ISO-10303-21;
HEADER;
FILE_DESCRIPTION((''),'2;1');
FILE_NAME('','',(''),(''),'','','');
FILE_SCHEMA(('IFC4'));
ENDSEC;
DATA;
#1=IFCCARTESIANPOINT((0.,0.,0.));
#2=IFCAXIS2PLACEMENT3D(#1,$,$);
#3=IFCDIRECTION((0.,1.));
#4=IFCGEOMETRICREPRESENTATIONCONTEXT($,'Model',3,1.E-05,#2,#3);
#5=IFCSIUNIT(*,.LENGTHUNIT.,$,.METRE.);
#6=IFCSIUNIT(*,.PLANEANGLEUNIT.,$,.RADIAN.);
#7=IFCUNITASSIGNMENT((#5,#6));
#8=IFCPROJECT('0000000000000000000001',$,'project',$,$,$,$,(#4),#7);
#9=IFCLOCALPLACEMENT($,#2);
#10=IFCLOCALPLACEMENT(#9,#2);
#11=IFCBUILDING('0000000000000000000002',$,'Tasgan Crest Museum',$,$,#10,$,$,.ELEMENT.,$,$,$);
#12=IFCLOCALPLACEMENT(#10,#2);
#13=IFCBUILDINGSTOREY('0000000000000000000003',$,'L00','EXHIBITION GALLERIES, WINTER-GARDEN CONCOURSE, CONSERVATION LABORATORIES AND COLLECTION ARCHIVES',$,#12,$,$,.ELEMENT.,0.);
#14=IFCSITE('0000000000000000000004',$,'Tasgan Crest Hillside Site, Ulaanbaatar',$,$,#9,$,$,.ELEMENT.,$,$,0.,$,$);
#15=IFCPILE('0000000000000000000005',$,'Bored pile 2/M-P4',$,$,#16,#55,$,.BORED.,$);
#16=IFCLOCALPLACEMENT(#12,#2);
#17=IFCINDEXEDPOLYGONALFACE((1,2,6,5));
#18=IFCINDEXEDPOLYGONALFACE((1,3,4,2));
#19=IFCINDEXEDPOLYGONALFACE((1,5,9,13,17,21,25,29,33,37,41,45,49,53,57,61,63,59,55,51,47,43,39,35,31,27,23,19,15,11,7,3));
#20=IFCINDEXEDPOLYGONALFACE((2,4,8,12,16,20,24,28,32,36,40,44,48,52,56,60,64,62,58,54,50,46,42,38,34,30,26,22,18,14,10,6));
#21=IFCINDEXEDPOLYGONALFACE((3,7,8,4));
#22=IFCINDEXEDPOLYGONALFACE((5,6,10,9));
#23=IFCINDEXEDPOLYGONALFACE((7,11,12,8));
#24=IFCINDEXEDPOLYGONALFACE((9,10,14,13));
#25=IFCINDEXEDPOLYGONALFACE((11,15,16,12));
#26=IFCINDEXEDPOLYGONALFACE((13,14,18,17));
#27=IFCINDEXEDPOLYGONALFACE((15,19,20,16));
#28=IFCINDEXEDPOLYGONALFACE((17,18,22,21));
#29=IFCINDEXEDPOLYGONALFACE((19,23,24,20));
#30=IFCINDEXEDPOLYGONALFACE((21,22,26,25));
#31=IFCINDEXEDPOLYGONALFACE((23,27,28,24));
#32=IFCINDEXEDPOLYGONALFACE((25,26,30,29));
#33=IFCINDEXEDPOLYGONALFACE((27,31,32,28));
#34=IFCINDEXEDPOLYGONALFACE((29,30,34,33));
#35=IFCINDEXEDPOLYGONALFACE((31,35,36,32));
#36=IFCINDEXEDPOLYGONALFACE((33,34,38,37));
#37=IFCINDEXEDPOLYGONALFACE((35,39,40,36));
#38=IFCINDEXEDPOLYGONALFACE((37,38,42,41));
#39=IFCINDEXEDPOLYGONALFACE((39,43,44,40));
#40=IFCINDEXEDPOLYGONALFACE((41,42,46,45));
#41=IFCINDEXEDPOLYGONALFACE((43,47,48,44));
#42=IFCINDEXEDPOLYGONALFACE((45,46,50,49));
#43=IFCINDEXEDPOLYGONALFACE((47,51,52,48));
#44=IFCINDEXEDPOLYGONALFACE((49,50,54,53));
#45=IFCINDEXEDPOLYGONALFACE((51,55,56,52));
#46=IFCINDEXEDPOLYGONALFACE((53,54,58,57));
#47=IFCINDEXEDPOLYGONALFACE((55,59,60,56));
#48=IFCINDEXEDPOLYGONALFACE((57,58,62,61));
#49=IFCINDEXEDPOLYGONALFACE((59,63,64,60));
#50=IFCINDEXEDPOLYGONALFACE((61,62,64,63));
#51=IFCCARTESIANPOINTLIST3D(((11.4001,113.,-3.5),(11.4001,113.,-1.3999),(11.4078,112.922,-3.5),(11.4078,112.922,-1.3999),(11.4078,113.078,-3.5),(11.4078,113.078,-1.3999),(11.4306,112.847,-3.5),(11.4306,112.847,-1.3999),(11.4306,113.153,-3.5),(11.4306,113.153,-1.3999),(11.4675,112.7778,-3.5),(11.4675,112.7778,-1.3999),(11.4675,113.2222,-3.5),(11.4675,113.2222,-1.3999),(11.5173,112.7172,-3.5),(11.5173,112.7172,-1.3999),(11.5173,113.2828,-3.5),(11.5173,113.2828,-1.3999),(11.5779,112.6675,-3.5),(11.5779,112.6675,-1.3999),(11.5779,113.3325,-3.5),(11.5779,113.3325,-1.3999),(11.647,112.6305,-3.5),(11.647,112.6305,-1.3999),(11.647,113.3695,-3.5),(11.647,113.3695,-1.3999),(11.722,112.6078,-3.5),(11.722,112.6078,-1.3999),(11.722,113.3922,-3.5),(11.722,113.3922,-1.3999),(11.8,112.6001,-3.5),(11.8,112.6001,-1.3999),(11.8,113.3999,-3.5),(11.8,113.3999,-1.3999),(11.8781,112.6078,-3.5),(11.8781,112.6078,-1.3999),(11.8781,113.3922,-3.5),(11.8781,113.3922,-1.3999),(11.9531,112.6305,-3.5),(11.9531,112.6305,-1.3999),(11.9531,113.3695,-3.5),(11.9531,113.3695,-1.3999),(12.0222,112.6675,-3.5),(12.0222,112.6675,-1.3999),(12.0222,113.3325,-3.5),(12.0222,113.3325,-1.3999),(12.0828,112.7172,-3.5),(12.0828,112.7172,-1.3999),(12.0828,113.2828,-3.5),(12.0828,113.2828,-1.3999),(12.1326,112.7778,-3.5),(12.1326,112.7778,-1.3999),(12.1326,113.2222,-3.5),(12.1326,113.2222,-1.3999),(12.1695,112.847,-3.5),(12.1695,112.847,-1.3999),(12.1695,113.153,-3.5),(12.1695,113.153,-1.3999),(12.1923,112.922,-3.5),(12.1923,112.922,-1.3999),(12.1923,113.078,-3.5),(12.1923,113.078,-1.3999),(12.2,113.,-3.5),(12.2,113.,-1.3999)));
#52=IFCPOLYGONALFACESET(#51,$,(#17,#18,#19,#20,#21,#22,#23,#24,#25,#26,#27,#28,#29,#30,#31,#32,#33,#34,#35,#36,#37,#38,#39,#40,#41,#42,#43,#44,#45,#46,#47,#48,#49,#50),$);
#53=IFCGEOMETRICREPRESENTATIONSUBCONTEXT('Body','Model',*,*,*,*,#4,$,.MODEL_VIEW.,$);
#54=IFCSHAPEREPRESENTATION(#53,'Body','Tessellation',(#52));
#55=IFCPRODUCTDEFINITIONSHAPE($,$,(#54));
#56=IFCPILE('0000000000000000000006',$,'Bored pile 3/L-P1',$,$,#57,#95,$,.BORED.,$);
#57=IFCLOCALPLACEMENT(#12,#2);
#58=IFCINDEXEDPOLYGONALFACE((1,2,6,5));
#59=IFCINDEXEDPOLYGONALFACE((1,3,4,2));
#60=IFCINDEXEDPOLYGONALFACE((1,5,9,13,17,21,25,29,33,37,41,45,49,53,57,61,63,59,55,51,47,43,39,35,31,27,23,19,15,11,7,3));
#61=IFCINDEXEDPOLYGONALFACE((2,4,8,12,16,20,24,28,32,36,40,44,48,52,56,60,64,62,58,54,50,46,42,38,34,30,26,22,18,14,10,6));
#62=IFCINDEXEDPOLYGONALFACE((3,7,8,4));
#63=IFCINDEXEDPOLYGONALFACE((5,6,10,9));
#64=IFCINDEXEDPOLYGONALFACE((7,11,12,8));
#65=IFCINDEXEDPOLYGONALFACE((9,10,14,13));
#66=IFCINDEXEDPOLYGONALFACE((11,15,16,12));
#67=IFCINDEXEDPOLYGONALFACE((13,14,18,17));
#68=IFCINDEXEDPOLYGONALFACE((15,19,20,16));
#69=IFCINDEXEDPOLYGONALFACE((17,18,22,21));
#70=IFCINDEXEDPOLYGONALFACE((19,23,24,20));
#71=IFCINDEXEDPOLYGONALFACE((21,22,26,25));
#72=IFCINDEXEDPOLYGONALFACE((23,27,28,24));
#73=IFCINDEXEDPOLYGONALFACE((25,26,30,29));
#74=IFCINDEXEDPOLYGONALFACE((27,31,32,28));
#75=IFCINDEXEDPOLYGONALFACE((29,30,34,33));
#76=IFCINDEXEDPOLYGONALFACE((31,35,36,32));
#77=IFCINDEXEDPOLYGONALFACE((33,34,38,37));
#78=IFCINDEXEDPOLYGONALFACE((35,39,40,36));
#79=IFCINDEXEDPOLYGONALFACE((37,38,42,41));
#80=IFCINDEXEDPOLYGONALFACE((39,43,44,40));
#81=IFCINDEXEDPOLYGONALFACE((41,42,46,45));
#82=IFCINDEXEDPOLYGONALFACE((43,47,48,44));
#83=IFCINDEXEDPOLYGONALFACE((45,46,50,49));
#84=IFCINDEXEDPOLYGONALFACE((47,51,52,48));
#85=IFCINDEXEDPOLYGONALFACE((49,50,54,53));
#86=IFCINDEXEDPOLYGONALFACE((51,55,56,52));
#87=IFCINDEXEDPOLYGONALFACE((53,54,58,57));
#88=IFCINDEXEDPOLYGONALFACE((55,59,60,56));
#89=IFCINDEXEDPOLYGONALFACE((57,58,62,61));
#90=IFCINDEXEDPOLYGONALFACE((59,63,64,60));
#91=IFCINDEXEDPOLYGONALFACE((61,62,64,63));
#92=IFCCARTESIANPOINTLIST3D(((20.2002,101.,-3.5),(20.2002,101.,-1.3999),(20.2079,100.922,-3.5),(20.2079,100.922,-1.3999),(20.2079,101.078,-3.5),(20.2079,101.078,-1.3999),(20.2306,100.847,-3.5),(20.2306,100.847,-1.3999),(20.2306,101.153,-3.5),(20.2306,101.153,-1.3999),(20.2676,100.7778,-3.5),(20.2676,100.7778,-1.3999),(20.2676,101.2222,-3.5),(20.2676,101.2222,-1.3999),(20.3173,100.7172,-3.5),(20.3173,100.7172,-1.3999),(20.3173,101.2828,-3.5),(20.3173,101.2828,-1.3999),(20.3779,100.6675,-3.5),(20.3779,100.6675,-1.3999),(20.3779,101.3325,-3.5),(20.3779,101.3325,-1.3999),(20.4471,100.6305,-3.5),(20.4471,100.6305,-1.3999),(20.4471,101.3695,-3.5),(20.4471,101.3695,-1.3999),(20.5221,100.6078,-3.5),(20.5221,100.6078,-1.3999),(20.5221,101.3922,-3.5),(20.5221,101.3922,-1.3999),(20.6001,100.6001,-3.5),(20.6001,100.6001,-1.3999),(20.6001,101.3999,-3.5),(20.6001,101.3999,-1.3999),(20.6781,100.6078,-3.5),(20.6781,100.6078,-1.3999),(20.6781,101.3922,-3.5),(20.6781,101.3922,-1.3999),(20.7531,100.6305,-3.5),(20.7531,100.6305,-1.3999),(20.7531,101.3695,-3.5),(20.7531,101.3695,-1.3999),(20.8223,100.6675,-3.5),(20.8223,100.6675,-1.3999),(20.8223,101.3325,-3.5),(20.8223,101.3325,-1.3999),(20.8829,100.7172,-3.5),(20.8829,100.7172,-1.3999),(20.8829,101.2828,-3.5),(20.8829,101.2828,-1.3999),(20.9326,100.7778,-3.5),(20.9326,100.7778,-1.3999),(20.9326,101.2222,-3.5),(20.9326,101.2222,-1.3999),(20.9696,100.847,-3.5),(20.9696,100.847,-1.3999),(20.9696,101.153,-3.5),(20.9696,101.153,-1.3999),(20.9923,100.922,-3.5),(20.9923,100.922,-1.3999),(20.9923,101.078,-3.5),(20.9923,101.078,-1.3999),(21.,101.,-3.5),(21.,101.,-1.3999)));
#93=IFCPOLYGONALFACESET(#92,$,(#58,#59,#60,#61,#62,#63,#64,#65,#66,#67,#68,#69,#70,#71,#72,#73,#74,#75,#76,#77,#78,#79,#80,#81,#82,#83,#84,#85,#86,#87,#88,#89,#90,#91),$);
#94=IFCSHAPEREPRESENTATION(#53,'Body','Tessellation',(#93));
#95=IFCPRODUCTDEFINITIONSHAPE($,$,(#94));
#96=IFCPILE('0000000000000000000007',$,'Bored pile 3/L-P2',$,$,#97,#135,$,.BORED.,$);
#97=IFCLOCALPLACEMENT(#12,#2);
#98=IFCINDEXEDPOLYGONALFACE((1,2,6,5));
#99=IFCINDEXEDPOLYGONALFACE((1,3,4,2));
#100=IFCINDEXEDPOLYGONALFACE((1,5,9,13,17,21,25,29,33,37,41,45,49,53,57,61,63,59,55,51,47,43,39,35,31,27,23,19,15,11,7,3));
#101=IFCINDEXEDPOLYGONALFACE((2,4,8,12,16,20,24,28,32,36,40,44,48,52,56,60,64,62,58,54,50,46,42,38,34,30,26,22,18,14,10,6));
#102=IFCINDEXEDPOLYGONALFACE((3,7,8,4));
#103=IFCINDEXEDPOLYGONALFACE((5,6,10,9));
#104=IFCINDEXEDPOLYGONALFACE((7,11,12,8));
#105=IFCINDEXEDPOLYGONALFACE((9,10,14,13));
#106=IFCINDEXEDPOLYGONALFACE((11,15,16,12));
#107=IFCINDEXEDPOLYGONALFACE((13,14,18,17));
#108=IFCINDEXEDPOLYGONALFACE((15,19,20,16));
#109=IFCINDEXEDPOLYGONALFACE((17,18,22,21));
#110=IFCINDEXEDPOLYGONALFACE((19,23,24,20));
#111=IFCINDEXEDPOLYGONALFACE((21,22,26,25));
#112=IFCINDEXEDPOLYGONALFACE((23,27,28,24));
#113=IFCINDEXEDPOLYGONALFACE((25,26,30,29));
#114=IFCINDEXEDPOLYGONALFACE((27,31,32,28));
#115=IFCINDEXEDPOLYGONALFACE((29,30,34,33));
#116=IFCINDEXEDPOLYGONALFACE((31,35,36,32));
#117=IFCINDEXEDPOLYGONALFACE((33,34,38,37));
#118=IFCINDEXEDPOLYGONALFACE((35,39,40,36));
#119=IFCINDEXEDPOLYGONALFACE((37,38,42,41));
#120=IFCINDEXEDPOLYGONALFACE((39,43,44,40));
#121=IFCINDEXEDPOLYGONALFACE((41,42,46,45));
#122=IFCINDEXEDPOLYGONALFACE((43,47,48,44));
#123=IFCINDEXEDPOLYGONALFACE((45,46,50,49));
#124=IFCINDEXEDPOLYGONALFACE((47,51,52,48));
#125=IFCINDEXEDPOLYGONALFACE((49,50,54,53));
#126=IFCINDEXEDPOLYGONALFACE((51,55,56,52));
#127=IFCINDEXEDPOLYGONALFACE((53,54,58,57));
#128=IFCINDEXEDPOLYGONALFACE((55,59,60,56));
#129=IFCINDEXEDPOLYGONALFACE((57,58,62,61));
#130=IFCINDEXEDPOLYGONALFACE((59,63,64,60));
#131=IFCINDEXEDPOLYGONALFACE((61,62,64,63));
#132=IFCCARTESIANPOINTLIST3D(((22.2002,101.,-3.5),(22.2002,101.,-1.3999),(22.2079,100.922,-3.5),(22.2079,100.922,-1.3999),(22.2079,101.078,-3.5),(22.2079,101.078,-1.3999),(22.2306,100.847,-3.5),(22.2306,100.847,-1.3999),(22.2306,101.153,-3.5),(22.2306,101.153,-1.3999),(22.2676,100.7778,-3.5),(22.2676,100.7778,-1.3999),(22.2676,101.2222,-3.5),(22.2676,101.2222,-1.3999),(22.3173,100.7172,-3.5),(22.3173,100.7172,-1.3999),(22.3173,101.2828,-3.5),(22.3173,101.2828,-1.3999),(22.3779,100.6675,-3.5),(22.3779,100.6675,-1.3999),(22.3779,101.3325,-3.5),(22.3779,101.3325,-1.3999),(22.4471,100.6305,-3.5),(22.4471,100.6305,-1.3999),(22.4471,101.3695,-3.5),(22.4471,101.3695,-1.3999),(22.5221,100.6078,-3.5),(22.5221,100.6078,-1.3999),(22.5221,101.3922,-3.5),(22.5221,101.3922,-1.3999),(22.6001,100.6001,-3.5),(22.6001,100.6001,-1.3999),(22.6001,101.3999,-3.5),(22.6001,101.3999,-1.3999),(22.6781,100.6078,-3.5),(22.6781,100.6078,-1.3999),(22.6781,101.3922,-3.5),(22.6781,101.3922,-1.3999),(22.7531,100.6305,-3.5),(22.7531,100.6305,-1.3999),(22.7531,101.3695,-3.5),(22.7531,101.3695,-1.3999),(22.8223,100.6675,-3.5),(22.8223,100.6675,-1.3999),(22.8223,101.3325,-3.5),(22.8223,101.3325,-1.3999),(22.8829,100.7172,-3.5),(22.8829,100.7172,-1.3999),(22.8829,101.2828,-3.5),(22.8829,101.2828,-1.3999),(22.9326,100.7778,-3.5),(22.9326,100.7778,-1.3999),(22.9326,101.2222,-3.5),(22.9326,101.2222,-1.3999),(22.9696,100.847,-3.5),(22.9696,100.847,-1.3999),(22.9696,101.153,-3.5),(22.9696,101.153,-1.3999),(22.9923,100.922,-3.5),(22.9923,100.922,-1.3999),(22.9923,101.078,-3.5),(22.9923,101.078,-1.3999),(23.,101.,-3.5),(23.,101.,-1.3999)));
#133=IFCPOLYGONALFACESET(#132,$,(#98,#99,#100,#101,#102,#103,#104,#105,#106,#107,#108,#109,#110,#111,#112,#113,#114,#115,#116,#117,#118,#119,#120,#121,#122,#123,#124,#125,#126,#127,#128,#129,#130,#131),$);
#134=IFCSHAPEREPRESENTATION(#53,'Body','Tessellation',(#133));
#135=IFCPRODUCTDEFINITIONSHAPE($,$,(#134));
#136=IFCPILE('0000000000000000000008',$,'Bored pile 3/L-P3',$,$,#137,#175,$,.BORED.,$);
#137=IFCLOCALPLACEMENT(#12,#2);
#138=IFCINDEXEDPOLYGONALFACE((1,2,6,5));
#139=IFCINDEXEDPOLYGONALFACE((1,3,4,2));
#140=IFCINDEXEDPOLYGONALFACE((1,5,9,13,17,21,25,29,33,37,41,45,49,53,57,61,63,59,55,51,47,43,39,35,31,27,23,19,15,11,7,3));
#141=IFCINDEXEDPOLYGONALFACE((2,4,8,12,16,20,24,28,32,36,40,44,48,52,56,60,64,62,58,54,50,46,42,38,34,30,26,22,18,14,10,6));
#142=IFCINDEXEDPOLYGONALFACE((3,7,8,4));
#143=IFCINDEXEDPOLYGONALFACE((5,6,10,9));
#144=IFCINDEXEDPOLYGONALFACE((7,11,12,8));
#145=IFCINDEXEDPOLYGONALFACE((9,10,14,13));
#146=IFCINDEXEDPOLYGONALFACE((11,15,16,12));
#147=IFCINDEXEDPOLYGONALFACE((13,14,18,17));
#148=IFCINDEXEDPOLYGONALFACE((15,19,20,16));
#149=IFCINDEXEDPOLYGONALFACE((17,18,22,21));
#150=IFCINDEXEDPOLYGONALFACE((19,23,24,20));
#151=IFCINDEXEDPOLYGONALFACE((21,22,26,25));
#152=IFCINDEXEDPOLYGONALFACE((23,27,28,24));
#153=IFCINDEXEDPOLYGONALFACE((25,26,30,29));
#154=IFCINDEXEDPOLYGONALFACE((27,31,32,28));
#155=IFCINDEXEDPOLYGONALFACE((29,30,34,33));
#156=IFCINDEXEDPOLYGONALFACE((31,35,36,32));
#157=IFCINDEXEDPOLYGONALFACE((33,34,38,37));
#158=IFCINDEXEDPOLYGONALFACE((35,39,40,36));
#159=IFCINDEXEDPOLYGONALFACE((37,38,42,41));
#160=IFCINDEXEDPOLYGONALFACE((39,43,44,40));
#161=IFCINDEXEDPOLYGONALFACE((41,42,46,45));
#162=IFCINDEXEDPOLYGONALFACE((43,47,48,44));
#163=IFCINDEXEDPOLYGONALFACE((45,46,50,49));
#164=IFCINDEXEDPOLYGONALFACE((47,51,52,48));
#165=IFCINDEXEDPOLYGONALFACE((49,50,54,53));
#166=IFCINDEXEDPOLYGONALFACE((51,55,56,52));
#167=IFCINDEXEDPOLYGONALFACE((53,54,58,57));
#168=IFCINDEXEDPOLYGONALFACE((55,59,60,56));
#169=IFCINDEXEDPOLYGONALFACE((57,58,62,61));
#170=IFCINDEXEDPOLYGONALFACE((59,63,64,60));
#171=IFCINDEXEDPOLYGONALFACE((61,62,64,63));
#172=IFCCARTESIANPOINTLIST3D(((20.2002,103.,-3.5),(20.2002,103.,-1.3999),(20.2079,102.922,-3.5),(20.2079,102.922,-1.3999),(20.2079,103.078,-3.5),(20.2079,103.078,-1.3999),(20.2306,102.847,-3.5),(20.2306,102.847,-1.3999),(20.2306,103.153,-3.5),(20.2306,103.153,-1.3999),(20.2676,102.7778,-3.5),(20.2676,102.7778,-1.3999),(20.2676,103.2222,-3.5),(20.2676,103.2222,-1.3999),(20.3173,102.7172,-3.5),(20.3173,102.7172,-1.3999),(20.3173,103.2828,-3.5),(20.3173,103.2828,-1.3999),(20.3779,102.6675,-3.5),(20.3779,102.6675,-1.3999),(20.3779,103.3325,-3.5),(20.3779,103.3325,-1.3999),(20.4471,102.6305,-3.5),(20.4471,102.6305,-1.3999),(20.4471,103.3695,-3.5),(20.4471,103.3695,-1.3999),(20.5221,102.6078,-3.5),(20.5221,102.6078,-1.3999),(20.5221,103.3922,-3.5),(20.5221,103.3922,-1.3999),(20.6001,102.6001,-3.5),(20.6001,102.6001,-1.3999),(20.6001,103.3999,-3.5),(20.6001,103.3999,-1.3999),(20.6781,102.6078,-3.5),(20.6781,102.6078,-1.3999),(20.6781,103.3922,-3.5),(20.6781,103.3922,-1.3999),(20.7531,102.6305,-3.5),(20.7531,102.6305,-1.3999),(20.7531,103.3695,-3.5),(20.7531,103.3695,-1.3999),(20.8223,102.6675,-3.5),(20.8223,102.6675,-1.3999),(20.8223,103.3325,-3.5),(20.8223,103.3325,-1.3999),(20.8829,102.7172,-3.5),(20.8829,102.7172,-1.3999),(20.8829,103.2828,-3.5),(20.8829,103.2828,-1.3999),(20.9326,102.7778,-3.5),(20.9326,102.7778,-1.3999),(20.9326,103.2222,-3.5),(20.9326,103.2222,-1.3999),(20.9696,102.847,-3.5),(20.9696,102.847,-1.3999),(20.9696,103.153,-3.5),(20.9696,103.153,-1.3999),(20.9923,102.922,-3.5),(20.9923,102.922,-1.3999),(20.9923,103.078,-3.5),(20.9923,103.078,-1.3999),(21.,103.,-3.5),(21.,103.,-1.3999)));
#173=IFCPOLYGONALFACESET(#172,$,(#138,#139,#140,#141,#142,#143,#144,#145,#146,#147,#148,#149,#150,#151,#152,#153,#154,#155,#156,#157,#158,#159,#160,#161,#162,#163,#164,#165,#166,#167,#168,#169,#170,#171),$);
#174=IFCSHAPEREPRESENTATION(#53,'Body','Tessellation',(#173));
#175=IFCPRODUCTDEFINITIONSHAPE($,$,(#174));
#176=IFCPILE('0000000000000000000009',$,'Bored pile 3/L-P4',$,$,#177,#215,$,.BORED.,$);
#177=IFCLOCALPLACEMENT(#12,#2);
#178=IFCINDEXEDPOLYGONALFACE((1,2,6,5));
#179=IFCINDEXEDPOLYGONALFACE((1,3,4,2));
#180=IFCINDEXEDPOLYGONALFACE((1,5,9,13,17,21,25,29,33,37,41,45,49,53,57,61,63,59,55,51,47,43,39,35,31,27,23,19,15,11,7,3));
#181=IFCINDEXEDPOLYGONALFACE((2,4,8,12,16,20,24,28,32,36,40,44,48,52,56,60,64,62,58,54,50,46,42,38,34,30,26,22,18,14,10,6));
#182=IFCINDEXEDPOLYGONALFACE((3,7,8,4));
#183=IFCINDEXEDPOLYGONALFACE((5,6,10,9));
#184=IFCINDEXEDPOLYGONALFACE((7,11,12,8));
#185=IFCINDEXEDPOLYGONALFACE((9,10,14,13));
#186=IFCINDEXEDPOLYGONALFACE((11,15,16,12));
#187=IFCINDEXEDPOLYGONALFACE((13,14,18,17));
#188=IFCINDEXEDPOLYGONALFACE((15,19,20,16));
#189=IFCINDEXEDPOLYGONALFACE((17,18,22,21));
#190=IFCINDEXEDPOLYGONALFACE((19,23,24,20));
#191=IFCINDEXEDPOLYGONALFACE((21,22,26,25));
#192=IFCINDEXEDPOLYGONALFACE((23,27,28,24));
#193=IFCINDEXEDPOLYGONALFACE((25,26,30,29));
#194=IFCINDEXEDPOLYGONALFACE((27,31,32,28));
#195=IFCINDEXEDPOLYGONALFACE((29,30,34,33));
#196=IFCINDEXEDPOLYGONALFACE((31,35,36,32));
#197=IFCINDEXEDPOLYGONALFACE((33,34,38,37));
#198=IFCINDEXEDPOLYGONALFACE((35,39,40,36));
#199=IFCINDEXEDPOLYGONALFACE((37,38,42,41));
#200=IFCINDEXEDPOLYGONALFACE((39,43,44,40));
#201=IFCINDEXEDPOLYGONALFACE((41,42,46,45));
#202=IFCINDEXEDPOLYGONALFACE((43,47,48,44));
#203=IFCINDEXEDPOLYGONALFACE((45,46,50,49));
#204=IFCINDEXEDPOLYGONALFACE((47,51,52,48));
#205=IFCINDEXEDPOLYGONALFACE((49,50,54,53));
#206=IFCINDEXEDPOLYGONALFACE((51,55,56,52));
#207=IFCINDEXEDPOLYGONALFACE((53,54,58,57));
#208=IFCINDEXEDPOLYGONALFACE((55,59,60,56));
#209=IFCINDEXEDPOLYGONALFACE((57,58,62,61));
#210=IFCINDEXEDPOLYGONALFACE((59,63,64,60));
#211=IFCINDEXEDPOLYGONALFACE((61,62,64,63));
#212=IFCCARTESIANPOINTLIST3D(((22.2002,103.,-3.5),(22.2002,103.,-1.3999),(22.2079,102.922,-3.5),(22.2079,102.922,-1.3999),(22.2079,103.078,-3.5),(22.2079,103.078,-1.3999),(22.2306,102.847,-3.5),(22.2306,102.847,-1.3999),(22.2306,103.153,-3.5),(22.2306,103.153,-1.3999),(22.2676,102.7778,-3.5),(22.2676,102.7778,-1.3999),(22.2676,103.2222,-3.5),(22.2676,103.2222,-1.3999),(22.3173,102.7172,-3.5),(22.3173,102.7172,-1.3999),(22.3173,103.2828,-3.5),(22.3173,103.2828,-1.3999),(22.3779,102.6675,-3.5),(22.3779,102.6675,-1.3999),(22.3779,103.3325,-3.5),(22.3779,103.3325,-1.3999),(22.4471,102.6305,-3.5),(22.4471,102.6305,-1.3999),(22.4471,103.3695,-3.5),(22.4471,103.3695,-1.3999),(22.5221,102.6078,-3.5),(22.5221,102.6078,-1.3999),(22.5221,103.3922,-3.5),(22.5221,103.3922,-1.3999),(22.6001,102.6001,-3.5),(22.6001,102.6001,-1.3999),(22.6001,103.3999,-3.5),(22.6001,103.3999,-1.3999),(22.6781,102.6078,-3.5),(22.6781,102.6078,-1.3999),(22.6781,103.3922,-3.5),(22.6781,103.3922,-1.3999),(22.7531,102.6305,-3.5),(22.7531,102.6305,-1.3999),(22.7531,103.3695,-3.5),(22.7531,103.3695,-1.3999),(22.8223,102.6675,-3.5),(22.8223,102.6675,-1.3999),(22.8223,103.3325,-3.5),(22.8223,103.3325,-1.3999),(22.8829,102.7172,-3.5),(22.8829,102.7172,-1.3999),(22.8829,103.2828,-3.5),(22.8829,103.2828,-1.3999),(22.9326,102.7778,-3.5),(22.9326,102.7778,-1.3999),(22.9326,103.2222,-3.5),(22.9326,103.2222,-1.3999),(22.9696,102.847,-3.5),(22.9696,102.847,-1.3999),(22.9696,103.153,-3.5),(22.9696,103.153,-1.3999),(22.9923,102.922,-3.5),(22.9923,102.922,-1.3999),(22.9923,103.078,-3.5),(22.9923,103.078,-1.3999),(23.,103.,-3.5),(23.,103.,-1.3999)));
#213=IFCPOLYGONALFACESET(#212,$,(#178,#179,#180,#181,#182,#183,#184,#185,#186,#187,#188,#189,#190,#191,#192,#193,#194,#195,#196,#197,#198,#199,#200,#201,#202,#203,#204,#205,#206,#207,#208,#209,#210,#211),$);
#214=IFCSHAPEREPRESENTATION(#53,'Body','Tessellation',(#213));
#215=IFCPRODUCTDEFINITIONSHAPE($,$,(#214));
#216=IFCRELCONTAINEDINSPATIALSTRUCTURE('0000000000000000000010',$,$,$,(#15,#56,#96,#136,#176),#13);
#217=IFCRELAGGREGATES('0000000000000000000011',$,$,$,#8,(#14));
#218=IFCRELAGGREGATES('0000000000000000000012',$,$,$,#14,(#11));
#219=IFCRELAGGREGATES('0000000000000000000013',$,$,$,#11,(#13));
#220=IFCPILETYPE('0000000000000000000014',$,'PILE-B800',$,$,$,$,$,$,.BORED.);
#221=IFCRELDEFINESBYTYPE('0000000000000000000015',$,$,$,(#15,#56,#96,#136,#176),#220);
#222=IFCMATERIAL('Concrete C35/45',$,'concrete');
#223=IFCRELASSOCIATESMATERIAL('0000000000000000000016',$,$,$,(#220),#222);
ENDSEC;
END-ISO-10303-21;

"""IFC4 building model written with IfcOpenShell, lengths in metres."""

from ifc_helpers import new_model, si_unit, direction, frame, origin, origin_2d, place, context, subcontext, project, spatial, circle, extrude, material, material_profile, profile_set, type_object, element, save


model = new_model("IFC4")

# Units and contexts
model_context = context("Model", 3, precision=1e-05, world=origin(), true_north=direction((0.0, 1.0)))
body_context = subcontext(model_context, "Body", "Model", "MODEL_VIEW")
ifc_project = project(units=[si_unit("LENGTHUNIT", "METRE"), si_unit("PLANEANGLEUNIT", "RADIAN")], contexts=[model_context])

# Site, building, storey
site_placement = place(None, origin())
site = spatial("IfcSite", under=ifc_project, at=site_placement, Name="Tasgan Crest Hillside Site, Ulaanbaatar", CompositionType="ELEMENT", RefElevation=0.0)
building_placement = place(site_placement, origin())
building = spatial("IfcBuilding", under=site, at=building_placement, Name="Tasgan Crest Museum", CompositionType="ELEMENT")
storey_placement = place(building_placement, origin())
storey = spatial("IfcBuildingStorey", under=building, at=storey_placement, Name="L00", Description="EXHIBITION GALLERIES, WINTER-GARDEN CONCOURSE, CONSERVATION LABORATORIES AND COLLECTION ARCHIVES", CompositionType="ELEMENT", Elevation=0.0)

# Piles
ifc_material_1 = material(Name="Concrete C35/45", Category="concrete")
ifc_material_profile_1 = material_profile(ifc_material_1, circle(Radius=0.3999, at=origin_2d()), Name="PILE D800")
ifc_profile_set_1 = profile_set([ifc_material_profile_1], Name="Concrete C35/45")
pile_type = type_object("IfcPileType", Name="PILE-B800", PredefinedType="BORED", material=ifc_profile_set_1)
for number, where, z_axis, x_axis, name in (
    (1, (11.8, 113.0, -1.3999), (0.0, 0.0, -1.0), (1.0, 0.0, 0.0), "Bored pile 2/M-P4"),
    (2, (20.6001, 101.0, -1.3999), (0.0, 0.0, -1.0), (1.0, 0.0, 0.0), "Bored pile 3/L-P1"),
    (3, (22.6001, 101.0, -1.3999), (0.0, 0.0, -1.0), (1.0, 0.0, 0.0), "Bored pile 3/L-P2"),
    (4, (20.6001, 103.0, -1.3999), (0.0, 0.0, -1.0), (1.0, 0.0, 0.0), "Bored pile 3/L-P3"),
    (5, (22.6001, 103.0, -1.3999), (0.0, 0.0, -1.0), (1.0, 0.0, 0.0), "Bored pile 3/L-P4"),
):
    element("IfcPile", number, at=place(storey_placement, frame(where, z_axis=z_axis, x_axis=x_axis)), inside=storey, type_object=pile_type, Name=name, PredefinedType="BORED", context=body_context, shape_type="SweptSolid", body=[
        extrude(circle(Radius=0.3999, at=origin_2d()), origin(), (0.0, 0.0, 1.0), 2.1001),
    ])

save(model, "model.ifc")
